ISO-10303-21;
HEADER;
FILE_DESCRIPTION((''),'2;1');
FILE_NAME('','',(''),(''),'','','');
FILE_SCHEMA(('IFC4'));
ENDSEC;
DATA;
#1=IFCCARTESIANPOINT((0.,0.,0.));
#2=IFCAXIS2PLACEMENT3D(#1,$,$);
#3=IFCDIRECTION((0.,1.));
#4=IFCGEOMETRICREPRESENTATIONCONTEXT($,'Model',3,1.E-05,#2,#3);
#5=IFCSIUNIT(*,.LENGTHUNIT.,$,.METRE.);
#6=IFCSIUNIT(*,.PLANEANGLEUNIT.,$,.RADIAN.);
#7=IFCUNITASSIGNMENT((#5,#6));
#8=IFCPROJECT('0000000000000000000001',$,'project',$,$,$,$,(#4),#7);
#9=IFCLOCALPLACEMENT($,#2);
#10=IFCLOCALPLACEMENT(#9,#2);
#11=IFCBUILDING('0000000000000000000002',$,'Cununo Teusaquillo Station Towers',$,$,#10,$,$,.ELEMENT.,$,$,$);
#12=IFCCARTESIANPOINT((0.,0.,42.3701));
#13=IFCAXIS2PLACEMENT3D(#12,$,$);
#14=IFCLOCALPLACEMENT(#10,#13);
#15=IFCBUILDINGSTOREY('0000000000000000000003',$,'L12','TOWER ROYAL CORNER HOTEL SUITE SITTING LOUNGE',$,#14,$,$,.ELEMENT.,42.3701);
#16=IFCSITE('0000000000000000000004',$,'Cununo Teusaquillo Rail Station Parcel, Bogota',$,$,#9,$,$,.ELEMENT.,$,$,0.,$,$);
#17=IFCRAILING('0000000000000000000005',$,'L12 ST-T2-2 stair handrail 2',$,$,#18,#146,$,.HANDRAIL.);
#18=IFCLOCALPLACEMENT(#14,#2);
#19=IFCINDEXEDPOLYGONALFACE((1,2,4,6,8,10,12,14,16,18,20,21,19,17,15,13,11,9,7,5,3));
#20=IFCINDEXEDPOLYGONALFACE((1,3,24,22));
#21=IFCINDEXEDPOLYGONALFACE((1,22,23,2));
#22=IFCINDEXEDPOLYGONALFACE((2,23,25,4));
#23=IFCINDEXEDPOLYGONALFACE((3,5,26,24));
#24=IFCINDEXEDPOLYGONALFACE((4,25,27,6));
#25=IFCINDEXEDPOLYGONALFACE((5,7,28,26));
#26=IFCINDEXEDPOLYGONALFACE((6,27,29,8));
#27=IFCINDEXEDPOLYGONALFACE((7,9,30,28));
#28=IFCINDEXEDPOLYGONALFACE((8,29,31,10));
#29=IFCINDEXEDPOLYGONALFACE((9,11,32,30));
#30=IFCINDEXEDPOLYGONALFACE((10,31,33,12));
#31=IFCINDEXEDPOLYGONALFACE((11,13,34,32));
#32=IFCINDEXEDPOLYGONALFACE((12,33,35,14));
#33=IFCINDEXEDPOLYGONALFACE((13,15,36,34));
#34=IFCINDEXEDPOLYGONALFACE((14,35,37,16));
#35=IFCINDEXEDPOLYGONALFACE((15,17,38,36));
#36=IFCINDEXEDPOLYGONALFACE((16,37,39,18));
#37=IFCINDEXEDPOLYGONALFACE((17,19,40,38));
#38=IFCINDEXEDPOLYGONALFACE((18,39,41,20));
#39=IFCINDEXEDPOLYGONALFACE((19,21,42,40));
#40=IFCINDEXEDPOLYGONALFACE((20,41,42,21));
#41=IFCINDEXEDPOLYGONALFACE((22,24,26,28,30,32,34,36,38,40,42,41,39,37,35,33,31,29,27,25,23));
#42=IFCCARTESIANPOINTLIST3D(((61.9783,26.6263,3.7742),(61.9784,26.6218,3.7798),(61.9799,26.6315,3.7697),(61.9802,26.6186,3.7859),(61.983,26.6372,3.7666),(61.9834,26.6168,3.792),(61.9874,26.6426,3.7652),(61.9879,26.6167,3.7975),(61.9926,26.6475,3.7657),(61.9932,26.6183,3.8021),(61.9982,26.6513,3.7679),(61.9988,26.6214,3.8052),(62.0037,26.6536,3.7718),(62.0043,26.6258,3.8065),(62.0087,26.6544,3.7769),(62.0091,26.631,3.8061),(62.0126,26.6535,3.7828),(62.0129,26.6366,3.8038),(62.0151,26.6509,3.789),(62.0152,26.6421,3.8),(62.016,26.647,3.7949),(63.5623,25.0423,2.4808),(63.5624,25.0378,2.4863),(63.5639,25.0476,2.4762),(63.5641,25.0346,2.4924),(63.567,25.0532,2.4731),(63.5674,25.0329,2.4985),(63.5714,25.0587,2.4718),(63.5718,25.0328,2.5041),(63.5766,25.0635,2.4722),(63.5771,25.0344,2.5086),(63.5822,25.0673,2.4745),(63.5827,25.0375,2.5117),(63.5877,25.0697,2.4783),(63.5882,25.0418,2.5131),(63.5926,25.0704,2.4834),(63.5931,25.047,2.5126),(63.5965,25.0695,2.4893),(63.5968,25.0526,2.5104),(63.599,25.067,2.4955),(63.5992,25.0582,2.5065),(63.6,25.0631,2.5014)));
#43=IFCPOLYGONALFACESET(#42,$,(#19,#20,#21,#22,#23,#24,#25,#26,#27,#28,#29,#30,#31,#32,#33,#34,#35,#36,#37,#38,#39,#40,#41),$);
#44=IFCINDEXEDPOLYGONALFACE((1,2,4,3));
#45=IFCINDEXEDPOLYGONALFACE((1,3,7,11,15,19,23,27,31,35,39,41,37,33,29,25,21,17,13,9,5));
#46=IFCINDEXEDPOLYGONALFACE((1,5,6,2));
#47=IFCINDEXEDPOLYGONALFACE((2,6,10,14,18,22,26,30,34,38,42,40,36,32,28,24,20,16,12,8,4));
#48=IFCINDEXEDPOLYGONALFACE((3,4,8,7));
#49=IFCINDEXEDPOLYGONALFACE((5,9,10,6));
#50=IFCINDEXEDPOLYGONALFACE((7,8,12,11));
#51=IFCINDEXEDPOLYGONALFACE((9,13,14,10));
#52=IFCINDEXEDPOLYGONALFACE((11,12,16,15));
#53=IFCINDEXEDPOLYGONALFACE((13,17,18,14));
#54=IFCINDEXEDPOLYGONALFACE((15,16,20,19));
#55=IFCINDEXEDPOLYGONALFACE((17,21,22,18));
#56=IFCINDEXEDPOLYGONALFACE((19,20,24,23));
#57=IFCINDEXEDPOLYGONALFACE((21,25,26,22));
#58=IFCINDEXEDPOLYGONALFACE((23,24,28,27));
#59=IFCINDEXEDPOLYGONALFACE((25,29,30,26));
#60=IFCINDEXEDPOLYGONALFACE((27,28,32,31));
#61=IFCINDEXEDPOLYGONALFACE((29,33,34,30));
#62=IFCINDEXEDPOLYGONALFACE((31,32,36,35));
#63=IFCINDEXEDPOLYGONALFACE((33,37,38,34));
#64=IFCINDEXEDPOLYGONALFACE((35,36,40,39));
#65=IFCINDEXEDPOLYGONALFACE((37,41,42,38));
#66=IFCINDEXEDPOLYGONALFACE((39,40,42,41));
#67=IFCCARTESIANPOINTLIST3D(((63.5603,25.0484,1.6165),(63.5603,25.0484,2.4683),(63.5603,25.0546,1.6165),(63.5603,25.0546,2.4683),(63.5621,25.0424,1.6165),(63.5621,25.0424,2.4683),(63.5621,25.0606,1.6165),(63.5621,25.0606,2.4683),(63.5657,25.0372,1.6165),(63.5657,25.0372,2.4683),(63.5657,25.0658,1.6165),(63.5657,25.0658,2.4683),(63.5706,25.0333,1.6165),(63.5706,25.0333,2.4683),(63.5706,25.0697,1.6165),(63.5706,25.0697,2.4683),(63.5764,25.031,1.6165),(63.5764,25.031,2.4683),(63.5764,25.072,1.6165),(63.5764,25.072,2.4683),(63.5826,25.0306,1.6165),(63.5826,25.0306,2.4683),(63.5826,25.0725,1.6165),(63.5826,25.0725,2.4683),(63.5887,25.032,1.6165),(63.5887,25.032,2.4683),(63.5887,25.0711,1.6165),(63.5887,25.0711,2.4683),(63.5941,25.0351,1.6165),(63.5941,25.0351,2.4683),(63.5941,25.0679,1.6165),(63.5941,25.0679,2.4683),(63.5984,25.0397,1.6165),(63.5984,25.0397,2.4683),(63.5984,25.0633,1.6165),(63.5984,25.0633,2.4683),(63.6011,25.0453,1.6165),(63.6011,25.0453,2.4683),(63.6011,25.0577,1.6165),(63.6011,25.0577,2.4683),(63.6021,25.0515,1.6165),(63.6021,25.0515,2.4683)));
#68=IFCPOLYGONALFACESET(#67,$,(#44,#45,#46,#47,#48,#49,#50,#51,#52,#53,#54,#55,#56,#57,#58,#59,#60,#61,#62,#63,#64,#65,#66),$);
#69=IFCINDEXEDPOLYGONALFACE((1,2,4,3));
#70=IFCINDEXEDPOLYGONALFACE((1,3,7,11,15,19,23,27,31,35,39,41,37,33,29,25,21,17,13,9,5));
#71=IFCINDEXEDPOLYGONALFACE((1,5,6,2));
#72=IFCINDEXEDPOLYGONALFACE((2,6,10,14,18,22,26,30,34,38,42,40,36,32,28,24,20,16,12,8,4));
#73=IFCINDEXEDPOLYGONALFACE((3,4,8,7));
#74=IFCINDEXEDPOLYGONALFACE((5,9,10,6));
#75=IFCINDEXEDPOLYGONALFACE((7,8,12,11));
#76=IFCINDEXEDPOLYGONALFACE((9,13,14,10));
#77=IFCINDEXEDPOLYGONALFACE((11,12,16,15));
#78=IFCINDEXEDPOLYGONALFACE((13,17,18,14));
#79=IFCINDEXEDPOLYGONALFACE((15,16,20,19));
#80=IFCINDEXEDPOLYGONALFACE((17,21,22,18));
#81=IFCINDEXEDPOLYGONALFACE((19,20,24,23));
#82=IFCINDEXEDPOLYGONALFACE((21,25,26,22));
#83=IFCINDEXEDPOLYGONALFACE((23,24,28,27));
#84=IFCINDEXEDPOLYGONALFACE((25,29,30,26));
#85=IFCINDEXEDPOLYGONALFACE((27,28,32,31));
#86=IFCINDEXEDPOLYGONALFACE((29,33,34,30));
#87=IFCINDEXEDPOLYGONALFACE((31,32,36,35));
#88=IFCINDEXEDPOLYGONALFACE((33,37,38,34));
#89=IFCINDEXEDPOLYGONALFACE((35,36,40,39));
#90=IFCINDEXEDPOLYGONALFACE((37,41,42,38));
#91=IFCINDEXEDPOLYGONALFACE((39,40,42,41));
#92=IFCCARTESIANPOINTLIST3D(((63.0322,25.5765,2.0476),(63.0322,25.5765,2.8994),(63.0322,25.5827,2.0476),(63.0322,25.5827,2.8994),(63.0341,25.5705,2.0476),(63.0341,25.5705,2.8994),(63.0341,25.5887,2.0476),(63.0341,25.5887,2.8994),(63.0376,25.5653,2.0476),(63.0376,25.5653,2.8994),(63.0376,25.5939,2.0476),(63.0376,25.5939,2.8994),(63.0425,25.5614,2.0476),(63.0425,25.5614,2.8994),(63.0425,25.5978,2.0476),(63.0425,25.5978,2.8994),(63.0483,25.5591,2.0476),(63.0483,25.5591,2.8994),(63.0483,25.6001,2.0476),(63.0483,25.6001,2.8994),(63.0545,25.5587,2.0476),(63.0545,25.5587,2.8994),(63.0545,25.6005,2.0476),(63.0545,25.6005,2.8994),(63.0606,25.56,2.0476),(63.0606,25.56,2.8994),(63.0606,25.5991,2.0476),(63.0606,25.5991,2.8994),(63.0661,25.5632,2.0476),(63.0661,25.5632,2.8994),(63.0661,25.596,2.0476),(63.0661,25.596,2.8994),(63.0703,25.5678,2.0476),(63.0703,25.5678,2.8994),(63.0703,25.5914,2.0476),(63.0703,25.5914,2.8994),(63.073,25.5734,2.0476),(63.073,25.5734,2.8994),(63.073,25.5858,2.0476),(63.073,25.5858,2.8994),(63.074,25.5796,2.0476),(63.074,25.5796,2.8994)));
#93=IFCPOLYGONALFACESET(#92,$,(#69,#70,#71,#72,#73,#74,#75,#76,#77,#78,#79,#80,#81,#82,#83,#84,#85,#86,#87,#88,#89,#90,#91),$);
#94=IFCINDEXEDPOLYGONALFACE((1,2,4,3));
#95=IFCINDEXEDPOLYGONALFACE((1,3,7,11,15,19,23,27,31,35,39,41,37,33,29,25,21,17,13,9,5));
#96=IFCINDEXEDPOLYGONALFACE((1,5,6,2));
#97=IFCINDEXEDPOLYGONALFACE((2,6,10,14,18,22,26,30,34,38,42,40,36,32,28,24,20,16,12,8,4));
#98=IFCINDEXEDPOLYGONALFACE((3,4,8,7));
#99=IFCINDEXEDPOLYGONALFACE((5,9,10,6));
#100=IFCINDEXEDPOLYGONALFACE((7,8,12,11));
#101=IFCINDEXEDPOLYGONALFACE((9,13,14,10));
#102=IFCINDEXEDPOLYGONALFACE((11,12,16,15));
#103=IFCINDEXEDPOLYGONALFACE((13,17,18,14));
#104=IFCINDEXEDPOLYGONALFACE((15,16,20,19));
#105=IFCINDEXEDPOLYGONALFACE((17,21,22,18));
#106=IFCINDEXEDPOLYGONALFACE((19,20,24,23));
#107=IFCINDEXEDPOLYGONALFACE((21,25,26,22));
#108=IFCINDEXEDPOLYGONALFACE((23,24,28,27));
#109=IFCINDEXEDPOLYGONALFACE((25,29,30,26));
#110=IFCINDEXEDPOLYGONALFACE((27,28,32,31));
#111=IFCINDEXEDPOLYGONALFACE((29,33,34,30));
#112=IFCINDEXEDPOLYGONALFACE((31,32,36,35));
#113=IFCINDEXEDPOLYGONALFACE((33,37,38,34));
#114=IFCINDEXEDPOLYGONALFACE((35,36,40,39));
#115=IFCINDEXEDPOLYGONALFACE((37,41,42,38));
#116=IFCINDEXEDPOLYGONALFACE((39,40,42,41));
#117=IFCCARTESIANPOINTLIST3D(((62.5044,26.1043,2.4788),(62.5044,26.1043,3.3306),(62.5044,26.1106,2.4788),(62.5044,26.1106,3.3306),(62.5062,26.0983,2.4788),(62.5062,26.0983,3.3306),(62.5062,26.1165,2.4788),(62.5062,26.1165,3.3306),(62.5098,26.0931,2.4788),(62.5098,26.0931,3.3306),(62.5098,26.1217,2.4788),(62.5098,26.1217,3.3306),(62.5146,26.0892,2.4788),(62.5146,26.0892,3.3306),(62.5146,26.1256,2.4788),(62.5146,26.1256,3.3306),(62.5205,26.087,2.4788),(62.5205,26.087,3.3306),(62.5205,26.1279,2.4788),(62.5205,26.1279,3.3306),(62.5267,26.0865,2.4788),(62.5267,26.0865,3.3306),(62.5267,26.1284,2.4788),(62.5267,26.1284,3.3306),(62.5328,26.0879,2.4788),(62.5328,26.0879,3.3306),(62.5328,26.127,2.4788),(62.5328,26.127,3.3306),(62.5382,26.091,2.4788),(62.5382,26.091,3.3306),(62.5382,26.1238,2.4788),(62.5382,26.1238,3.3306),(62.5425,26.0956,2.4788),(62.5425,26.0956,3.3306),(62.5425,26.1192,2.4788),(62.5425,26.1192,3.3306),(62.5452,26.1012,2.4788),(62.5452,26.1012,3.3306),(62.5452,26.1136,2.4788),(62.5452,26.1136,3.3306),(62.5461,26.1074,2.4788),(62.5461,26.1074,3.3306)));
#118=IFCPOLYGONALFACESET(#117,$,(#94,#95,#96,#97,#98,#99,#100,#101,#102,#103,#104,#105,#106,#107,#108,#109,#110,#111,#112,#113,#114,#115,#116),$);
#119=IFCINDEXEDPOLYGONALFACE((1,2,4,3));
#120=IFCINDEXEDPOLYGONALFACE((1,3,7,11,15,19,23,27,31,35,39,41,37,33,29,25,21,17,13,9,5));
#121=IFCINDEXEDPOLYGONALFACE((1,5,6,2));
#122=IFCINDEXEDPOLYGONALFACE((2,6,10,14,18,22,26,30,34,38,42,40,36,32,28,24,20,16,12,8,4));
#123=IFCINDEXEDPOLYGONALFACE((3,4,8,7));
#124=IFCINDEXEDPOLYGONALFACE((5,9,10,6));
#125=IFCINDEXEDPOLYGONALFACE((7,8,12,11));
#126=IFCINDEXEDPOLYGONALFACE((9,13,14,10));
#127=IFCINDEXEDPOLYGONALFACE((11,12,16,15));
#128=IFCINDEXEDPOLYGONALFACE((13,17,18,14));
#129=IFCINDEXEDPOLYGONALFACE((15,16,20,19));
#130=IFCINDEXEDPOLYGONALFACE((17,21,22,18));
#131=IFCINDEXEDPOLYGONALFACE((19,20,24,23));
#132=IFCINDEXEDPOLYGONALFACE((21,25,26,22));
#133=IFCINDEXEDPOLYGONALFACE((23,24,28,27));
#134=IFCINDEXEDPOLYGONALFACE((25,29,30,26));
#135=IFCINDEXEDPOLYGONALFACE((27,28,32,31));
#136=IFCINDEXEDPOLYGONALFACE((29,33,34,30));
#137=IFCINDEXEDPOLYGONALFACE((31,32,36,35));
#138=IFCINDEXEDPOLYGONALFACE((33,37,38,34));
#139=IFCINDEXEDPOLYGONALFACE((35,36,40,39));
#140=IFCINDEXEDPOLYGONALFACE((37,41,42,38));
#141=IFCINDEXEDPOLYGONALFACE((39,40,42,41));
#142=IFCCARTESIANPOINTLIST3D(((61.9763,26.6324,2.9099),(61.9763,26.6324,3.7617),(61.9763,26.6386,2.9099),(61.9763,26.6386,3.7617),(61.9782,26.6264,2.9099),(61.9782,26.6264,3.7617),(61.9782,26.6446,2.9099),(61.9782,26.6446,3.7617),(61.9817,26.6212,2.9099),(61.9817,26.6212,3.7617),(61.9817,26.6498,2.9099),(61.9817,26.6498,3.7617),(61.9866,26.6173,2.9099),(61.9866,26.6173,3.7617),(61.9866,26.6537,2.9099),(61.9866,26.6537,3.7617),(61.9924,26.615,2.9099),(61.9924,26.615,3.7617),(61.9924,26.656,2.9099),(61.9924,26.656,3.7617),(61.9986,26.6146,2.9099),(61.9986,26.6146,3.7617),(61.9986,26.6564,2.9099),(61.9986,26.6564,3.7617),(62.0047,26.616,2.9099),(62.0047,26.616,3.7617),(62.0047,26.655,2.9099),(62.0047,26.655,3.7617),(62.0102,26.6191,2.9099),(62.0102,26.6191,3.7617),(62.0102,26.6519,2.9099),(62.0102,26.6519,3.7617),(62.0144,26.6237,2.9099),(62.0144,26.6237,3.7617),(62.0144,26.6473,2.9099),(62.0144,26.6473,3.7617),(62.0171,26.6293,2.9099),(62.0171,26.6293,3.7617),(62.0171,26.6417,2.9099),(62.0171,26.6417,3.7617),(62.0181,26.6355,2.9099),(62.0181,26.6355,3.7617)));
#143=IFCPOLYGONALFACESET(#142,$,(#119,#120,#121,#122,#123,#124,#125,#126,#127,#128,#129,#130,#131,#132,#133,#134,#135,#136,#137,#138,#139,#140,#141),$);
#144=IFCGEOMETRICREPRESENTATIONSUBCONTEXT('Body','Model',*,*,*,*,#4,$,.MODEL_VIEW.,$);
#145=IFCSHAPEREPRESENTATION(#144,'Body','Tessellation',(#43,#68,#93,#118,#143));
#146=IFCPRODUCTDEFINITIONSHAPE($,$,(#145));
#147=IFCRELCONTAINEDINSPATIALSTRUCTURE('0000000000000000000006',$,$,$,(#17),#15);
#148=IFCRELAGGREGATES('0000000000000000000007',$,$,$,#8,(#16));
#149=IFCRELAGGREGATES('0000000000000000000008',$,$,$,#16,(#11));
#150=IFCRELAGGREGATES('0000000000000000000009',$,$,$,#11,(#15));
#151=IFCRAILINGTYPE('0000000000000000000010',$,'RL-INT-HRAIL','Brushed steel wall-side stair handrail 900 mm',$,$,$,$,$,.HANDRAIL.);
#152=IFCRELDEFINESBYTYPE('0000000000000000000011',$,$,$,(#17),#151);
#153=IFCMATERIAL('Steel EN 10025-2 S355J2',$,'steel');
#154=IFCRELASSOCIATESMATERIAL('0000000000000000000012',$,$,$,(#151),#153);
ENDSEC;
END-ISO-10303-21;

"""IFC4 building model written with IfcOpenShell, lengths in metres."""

from ifc_helpers import new_model, si_unit, direction, frame, origin, origin_2d, place, context, subcontext, project, spatial, circle, extrude, material, type_object, element, save


model = new_model("IFC4")

# Units and contexts
model_context = context("Model", 3, precision=1e-05, world=origin(), true_north=direction((0.0, 1.0)))
body_context = subcontext(model_context, "Body", "Model", "MODEL_VIEW")
ifc_project = project(units=[si_unit("LENGTHUNIT", "METRE"), si_unit("PLANEANGLEUNIT", "RADIAN")], contexts=[model_context])

# Site, building, storey
site_placement = place(None, origin())
site = spatial("IfcSite", under=ifc_project, at=site_placement, Name="Cununo Teusaquillo Rail Station Parcel, Bogota", CompositionType="ELEMENT", RefElevation=0.0)
building_placement = place(site_placement, origin())
building = spatial("IfcBuilding", under=site, at=building_placement, Name="Cununo Teusaquillo Station Towers", CompositionType="ELEMENT")
storey_placement = place(building_placement, frame((0.0, 0.0, 42.3701)))
storey = spatial("IfcBuildingStorey", under=building, at=storey_placement, Name="L12", Description="TOWER ROYAL CORNER HOTEL SUITE SITTING LOUNGE", CompositionType="ELEMENT", Elevation=42.3701)

# Railing
ifc_material_1 = material(Name="Steel EN 10025-2 S355J2", Category="steel")
railing_type_1 = type_object("IfcRailingType", Name="RL-INT-HRAIL", Description="Brushed steel wall-side stair handrail 900 mm", PredefinedType="HANDRAIL", material=ifc_material_1)
railing_1_placement = place(storey_placement, frame((63.5811, 25.0515, 1.6165)))
element("IfcRailing", 1, at=railing_1_placement, inside=storey, type_object=railing_type_1, Name="L12 ST-T2-2 stair handrail 2", PredefinedType="HANDRAIL", context=body_context, shape_type="SweptSolid", body=[
    extrude(circle(Radius=0.0239, at=origin_2d()), frame((0.0, 0.0, 0.876), z_axis=(-0.612356, 0.612356, 0.50004), x_axis=(-0.707107, -0.707107, 0.0)), (0.0, 0.0, 1.0), 2.5867),
    extrude(circle(Radius=0.021, at=origin_2d()), origin(), (0.0, 0.0, 1.0), 0.8518),
    extrude(circle(Radius=0.021, at=origin_2d()), frame((-0.5281, 0.5281, 0.4312)), (0.0, 0.0, 1.0), 0.8518),
    extrude(circle(Radius=0.021, at=origin_2d()), frame((-1.0559, 1.0559, 0.8623)), (0.0, 0.0, 1.0), 0.8518),
    extrude(circle(Radius=0.021, at=origin_2d()), frame((-1.584, 1.584, 1.2935)), (0.0, 0.0, 1.0), 0.8518),
])

save(model, "model.ifc")
